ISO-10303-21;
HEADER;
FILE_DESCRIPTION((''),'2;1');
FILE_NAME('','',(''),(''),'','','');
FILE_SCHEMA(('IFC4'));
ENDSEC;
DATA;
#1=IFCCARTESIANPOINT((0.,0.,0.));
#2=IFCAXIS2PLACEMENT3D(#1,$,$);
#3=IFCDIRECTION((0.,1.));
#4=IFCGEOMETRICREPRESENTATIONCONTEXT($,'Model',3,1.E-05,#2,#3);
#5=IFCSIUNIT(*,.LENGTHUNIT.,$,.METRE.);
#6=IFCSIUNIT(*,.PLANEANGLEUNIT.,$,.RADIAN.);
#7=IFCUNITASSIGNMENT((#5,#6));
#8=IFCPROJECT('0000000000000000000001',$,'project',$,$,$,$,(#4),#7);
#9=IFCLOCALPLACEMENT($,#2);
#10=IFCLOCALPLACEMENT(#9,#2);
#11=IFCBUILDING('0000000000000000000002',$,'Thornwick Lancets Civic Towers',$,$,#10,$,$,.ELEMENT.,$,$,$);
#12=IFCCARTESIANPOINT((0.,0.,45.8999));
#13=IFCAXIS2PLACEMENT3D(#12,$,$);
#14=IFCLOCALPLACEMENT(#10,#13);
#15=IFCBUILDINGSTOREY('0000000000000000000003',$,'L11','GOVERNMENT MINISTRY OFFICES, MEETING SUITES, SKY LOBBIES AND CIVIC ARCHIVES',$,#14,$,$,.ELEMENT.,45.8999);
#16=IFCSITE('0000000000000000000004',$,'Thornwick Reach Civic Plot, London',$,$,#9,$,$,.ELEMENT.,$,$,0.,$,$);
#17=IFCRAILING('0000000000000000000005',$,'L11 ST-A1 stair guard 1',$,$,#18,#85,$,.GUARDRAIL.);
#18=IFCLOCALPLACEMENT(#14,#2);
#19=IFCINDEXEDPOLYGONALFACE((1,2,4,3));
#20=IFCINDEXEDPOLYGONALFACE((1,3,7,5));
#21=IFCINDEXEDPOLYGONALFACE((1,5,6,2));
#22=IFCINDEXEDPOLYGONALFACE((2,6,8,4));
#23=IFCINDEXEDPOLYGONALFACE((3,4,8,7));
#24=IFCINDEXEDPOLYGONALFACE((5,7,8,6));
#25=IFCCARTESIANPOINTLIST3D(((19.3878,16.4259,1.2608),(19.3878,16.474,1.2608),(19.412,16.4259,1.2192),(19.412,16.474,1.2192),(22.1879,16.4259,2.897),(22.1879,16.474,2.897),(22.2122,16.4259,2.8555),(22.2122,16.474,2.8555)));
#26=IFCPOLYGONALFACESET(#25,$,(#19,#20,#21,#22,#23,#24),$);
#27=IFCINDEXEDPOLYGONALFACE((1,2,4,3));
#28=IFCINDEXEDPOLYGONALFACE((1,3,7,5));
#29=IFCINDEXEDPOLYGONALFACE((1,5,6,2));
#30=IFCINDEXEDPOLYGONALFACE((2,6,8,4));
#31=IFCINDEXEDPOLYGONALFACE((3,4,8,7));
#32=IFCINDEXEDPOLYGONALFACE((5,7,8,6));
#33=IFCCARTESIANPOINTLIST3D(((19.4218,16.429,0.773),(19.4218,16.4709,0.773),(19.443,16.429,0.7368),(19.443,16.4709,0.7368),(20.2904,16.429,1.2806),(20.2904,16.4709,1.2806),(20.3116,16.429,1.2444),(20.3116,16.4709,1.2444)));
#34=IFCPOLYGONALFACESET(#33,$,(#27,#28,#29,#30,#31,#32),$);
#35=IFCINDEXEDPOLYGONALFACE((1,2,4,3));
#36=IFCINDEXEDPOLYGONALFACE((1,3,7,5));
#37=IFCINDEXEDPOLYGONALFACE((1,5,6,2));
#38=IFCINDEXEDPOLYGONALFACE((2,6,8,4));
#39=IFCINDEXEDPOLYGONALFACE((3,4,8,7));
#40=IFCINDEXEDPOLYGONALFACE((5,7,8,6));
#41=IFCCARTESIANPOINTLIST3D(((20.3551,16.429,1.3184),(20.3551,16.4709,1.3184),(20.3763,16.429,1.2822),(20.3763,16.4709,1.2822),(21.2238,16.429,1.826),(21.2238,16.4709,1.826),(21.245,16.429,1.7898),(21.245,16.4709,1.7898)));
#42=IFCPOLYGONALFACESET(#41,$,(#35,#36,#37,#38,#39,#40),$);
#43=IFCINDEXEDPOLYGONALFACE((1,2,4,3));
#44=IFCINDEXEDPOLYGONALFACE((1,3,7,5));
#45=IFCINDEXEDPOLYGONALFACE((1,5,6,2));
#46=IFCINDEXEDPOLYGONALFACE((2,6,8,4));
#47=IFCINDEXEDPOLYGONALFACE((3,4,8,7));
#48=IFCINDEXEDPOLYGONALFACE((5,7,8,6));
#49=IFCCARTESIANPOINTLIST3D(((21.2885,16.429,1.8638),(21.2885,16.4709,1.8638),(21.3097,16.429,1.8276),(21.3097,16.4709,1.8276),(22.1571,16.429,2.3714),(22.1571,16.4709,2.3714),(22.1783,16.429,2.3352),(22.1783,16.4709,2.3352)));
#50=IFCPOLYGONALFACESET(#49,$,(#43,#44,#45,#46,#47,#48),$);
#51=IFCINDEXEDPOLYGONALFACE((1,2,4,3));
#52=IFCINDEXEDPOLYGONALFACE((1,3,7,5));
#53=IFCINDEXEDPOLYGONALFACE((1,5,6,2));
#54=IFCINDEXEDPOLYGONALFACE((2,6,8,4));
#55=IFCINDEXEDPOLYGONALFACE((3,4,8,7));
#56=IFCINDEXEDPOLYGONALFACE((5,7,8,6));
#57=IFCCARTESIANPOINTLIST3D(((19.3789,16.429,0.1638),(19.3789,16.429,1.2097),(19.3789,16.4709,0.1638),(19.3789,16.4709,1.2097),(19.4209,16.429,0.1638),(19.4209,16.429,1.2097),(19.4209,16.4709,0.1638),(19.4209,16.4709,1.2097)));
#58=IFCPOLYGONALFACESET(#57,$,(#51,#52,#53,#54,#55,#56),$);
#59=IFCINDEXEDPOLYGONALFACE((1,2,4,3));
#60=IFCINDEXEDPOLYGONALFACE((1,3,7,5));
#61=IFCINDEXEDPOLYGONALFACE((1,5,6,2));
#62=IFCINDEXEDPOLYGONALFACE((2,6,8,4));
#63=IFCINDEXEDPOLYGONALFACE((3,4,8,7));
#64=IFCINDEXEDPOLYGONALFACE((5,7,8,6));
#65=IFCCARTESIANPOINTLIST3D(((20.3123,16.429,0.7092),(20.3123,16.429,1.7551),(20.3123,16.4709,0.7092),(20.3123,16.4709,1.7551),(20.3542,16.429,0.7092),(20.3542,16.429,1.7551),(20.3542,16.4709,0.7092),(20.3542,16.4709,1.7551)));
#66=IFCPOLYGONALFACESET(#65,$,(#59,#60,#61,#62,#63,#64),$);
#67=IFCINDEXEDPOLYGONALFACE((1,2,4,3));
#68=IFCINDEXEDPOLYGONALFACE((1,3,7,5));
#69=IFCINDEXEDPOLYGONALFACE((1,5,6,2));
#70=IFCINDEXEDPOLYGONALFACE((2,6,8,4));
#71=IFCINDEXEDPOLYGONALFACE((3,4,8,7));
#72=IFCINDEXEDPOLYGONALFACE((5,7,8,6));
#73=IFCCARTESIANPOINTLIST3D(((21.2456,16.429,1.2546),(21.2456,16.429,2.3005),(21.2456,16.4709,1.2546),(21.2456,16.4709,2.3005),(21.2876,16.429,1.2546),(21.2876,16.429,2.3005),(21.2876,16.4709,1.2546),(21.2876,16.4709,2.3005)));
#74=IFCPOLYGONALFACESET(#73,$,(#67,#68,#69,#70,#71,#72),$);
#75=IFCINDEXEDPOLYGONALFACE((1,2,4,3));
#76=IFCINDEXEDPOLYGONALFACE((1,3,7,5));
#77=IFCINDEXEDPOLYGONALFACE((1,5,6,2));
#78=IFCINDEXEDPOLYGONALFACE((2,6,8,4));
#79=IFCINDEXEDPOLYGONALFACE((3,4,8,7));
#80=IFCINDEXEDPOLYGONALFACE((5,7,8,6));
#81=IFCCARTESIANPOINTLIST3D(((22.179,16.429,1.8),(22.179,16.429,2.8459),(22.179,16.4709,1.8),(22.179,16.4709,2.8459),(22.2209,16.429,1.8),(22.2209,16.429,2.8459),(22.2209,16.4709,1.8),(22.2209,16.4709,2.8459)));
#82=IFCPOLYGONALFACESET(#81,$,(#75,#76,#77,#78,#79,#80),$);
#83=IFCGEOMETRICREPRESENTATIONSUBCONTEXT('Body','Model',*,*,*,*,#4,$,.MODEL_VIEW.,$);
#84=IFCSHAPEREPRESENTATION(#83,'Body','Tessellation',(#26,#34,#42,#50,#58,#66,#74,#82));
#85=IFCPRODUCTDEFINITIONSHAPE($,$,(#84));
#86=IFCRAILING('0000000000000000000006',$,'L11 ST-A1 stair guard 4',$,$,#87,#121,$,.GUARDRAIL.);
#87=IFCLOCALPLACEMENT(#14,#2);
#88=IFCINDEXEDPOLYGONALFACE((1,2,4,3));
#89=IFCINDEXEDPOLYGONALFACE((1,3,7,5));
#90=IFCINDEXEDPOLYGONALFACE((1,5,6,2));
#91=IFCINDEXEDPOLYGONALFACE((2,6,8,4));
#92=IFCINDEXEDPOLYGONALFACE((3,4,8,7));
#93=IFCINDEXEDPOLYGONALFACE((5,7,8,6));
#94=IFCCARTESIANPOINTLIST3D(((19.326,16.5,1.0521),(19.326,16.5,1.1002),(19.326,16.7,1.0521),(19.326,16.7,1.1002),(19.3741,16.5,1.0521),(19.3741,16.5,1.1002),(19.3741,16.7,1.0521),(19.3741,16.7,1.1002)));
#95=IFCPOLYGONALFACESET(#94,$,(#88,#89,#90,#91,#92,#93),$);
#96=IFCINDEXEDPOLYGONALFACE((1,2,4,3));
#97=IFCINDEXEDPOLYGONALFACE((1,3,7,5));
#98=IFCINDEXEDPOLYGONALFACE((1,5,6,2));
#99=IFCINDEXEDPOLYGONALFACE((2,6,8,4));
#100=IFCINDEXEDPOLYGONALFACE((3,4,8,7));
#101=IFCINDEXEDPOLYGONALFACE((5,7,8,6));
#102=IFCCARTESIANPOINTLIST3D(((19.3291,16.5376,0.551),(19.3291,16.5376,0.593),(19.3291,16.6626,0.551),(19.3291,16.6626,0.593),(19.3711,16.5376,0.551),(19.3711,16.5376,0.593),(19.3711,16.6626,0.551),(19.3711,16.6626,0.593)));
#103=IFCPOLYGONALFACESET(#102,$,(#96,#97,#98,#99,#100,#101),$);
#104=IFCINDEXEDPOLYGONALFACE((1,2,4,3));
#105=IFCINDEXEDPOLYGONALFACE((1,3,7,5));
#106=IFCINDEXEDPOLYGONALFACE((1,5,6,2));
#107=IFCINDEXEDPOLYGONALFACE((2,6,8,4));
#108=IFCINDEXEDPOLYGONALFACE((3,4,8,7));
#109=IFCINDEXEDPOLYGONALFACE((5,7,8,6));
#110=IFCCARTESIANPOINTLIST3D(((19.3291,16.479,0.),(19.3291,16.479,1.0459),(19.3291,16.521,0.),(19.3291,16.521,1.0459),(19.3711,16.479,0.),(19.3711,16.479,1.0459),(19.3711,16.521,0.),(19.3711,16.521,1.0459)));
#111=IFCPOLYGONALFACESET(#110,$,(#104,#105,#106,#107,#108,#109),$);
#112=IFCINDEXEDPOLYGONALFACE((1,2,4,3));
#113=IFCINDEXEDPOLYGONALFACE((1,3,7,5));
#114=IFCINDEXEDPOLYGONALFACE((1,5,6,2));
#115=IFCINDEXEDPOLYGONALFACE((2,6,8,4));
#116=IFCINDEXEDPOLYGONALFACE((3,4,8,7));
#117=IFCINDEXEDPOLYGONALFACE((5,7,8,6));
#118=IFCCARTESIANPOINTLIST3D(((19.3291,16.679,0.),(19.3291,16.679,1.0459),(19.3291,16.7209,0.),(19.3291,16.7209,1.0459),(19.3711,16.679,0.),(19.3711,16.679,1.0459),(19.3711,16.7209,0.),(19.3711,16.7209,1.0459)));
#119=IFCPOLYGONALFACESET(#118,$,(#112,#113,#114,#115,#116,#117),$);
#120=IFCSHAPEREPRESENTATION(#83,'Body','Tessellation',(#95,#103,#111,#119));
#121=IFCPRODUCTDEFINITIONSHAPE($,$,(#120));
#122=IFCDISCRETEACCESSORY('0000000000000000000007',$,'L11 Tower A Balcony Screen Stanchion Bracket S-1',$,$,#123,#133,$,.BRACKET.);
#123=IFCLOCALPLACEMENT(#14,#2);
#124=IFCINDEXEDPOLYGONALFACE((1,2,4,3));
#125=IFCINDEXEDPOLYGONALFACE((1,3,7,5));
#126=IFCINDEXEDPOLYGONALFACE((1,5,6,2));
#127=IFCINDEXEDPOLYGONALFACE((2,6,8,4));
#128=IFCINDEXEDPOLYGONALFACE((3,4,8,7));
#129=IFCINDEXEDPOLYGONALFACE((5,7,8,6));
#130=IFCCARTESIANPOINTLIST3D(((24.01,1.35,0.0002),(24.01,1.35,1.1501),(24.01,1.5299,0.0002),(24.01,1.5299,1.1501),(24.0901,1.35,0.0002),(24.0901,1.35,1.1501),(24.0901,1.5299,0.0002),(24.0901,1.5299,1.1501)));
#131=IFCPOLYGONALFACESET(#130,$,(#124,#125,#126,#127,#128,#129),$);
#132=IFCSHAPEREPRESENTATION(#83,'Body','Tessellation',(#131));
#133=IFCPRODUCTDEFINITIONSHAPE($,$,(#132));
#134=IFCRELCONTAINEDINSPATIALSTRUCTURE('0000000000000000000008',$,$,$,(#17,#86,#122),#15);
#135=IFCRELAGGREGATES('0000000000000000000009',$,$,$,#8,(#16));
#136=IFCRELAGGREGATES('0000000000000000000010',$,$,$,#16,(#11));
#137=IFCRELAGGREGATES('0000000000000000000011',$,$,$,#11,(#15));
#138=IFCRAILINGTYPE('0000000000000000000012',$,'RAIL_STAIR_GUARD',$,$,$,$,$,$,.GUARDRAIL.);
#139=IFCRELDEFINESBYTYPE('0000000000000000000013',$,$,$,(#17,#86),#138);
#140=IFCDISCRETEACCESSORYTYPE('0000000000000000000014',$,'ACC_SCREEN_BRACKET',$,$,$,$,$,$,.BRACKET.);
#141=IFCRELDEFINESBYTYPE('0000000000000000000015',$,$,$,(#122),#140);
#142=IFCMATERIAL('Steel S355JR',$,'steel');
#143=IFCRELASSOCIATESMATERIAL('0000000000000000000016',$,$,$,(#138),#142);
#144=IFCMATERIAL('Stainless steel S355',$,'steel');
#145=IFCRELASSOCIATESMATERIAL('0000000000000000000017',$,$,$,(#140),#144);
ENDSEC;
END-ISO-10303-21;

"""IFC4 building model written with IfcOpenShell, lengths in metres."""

from ifc_helpers import new_model, si_unit, direction, frame, origin, origin_2d, place, context, subcontext, project, spatial, rectangle, extrude, material, type_object, element, save


model = new_model("IFC4")

# Units and contexts
model_context = context("Model", 3, precision=1e-05, world=origin(), true_north=direction((0.0, 1.0)))
body_context = subcontext(model_context, "Body", "Model", "MODEL_VIEW")
ifc_project = project(units=[si_unit("LENGTHUNIT", "METRE"), si_unit("PLANEANGLEUNIT", "RADIAN")], contexts=[model_context])

# Site, building, storey
site_placement = place(None, origin())
site = spatial("IfcSite", under=ifc_project, at=site_placement, Name="Thornwick Reach Civic Plot, London", CompositionType="ELEMENT", RefElevation=0.0)
building_placement = place(site_placement, origin())
building = spatial("IfcBuilding", under=site, at=building_placement, Name="Thornwick Lancets Civic Towers", CompositionType="ELEMENT")
storey_placement = place(building_placement, frame((0.0, 0.0, 45.8999)))
storey = spatial("IfcBuildingStorey", under=building, at=storey_placement, Name="L11", Description="GOVERNMENT MINISTRY OFFICES, MEETING SUITES, SKY LOBBIES AND CIVIC ARCHIVES", CompositionType="ELEMENT", Elevation=45.8999)

# Railings
ifc_material_1 = material(Name="Steel S355JR", Category="steel")
railing_type_1 = type_object("IfcRailingType", Name="RAIL_STAIR_GUARD", PredefinedType="GUARDRAIL", material=ifc_material_1)
railing_1_placement = place(storey_placement, frame((19.3999, 16.45, 0.1638)))
element("IfcRailing", 1, at=railing_1_placement, inside=storey, type_object=railing_type_1, Name="L11 ST-A1 stair guard 1", PredefinedType="GUARDRAIL", context=body_context, shape_type="SweptSolid", body=[
    extrude(rectangle(XDim=0.0481, YDim=0.0481, at=origin_2d()), frame((0.0, 0.0, 1.0762), z_axis=(0.863394, 0.0, 0.504531), x_axis=(0.0, 1.0, 0.0)), (0.0, 0.0, 1.0), 3.2432),
    extrude(rectangle(XDim=0.042, YDim=0.042, at=origin_2d()), frame((0.0325, 0.0, 0.5911), z_axis=(0.863394, 0.0, 0.504531), x_axis=(0.0, 1.0, 0.0)), (0.0, 0.0, 1.0), 1.0061),
    extrude(rectangle(XDim=0.042, YDim=0.042, at=origin_2d()), frame((0.9658, 0.0, 1.1365), z_axis=(0.863394, 0.0, 0.504531), x_axis=(0.0, 1.0, 0.0)), (0.0, 0.0, 1.0), 1.0061),
    extrude(rectangle(XDim=0.042, YDim=0.042, at=origin_2d()), frame((1.8992, 0.0, 1.6819), z_axis=(0.863394, 0.0, 0.504531), x_axis=(0.0, 1.0, 0.0)), (0.0, 0.0, 1.0), 1.0061),
    extrude(rectangle(XDim=0.042, YDim=0.042, at=origin_2d()), origin(), (0.0, 0.0, 1.0), 1.0459),
    extrude(rectangle(XDim=0.042, YDim=0.042, at=origin_2d()), frame((0.9333, 0.0, 0.5454)), (0.0, 0.0, 1.0), 1.0459),
    extrude(rectangle(XDim=0.042, YDim=0.042, at=origin_2d()), frame((1.8667, 0.0, 1.0908)), (0.0, 0.0, 1.0), 1.0459),
    extrude(rectangle(XDim=0.042, YDim=0.042, at=origin_2d()), frame((2.8, 0.0, 1.6362)), (0.0, 0.0, 1.0), 1.0459),
])
railing_2_placement = place(storey_placement, frame((19.3501, 16.5, 0.0)))
element("IfcRailing", 2, at=railing_2_placement, inside=storey, type_object=railing_type_1, Name="L11 ST-A1 stair guard 4", PredefinedType="GUARDRAIL", context=body_context, shape_type="SweptSolid", body=[
    extrude(rectangle(XDim=0.0481, YDim=0.0481, at=origin_2d()), frame((0.0, 0.0, 1.0762), z_axis=(0.0, 1.0, 0.0), x_axis=(-1.0, 0.0, 0.0)), (0.0, 0.0, 1.0), 0.2),
    extrude(rectangle(XDim=0.042, YDim=0.042, at=origin_2d()), frame((0.0, 0.0376, 0.572), z_axis=(0.0, 1.0, 0.0), x_axis=(-1.0, 0.0, 0.0)), (0.0, 0.0, 1.0), 0.125),
    extrude(rectangle(XDim=0.042, YDim=0.042, at=origin_2d()), origin(), (0.0, 0.0, 1.0), 1.0459),
    extrude(rectangle(XDim=0.042, YDim=0.042, at=origin_2d()), frame((0.0, 0.2, 0.0)), (0.0, 0.0, 1.0), 1.0459),
])

# Discrete accessory
ifc_material_2 = material(Name="Stainless steel S355", Category="steel")
discrete_accessory_type = type_object("IfcDiscreteAccessoryType", Name="ACC_SCREEN_BRACKET", PredefinedType="BRACKET", material=ifc_material_2)
discrete_accessory_placement = place(storey_placement, frame((24.05, 1.4399, 0.0002), z_axis=(0.0, 0.0, 1.0), x_axis=(1.0, 0.0, 0.0)))
element("IfcDiscreteAccessory", 3, at=discrete_accessory_placement, inside=storey, type_object=discrete_accessory_type, Name="L11 Tower A Balcony Screen Stanchion Bracket S-1", PredefinedType="BRACKET", context=body_context, shape_type="SweptSolid", body=[
    extrude(rectangle(XDim=0.0801, YDim=0.1799, at=origin_2d()), origin(), (0.0, 0.0, 1.0), 1.1499),
])

save(model, "model.ifc")
